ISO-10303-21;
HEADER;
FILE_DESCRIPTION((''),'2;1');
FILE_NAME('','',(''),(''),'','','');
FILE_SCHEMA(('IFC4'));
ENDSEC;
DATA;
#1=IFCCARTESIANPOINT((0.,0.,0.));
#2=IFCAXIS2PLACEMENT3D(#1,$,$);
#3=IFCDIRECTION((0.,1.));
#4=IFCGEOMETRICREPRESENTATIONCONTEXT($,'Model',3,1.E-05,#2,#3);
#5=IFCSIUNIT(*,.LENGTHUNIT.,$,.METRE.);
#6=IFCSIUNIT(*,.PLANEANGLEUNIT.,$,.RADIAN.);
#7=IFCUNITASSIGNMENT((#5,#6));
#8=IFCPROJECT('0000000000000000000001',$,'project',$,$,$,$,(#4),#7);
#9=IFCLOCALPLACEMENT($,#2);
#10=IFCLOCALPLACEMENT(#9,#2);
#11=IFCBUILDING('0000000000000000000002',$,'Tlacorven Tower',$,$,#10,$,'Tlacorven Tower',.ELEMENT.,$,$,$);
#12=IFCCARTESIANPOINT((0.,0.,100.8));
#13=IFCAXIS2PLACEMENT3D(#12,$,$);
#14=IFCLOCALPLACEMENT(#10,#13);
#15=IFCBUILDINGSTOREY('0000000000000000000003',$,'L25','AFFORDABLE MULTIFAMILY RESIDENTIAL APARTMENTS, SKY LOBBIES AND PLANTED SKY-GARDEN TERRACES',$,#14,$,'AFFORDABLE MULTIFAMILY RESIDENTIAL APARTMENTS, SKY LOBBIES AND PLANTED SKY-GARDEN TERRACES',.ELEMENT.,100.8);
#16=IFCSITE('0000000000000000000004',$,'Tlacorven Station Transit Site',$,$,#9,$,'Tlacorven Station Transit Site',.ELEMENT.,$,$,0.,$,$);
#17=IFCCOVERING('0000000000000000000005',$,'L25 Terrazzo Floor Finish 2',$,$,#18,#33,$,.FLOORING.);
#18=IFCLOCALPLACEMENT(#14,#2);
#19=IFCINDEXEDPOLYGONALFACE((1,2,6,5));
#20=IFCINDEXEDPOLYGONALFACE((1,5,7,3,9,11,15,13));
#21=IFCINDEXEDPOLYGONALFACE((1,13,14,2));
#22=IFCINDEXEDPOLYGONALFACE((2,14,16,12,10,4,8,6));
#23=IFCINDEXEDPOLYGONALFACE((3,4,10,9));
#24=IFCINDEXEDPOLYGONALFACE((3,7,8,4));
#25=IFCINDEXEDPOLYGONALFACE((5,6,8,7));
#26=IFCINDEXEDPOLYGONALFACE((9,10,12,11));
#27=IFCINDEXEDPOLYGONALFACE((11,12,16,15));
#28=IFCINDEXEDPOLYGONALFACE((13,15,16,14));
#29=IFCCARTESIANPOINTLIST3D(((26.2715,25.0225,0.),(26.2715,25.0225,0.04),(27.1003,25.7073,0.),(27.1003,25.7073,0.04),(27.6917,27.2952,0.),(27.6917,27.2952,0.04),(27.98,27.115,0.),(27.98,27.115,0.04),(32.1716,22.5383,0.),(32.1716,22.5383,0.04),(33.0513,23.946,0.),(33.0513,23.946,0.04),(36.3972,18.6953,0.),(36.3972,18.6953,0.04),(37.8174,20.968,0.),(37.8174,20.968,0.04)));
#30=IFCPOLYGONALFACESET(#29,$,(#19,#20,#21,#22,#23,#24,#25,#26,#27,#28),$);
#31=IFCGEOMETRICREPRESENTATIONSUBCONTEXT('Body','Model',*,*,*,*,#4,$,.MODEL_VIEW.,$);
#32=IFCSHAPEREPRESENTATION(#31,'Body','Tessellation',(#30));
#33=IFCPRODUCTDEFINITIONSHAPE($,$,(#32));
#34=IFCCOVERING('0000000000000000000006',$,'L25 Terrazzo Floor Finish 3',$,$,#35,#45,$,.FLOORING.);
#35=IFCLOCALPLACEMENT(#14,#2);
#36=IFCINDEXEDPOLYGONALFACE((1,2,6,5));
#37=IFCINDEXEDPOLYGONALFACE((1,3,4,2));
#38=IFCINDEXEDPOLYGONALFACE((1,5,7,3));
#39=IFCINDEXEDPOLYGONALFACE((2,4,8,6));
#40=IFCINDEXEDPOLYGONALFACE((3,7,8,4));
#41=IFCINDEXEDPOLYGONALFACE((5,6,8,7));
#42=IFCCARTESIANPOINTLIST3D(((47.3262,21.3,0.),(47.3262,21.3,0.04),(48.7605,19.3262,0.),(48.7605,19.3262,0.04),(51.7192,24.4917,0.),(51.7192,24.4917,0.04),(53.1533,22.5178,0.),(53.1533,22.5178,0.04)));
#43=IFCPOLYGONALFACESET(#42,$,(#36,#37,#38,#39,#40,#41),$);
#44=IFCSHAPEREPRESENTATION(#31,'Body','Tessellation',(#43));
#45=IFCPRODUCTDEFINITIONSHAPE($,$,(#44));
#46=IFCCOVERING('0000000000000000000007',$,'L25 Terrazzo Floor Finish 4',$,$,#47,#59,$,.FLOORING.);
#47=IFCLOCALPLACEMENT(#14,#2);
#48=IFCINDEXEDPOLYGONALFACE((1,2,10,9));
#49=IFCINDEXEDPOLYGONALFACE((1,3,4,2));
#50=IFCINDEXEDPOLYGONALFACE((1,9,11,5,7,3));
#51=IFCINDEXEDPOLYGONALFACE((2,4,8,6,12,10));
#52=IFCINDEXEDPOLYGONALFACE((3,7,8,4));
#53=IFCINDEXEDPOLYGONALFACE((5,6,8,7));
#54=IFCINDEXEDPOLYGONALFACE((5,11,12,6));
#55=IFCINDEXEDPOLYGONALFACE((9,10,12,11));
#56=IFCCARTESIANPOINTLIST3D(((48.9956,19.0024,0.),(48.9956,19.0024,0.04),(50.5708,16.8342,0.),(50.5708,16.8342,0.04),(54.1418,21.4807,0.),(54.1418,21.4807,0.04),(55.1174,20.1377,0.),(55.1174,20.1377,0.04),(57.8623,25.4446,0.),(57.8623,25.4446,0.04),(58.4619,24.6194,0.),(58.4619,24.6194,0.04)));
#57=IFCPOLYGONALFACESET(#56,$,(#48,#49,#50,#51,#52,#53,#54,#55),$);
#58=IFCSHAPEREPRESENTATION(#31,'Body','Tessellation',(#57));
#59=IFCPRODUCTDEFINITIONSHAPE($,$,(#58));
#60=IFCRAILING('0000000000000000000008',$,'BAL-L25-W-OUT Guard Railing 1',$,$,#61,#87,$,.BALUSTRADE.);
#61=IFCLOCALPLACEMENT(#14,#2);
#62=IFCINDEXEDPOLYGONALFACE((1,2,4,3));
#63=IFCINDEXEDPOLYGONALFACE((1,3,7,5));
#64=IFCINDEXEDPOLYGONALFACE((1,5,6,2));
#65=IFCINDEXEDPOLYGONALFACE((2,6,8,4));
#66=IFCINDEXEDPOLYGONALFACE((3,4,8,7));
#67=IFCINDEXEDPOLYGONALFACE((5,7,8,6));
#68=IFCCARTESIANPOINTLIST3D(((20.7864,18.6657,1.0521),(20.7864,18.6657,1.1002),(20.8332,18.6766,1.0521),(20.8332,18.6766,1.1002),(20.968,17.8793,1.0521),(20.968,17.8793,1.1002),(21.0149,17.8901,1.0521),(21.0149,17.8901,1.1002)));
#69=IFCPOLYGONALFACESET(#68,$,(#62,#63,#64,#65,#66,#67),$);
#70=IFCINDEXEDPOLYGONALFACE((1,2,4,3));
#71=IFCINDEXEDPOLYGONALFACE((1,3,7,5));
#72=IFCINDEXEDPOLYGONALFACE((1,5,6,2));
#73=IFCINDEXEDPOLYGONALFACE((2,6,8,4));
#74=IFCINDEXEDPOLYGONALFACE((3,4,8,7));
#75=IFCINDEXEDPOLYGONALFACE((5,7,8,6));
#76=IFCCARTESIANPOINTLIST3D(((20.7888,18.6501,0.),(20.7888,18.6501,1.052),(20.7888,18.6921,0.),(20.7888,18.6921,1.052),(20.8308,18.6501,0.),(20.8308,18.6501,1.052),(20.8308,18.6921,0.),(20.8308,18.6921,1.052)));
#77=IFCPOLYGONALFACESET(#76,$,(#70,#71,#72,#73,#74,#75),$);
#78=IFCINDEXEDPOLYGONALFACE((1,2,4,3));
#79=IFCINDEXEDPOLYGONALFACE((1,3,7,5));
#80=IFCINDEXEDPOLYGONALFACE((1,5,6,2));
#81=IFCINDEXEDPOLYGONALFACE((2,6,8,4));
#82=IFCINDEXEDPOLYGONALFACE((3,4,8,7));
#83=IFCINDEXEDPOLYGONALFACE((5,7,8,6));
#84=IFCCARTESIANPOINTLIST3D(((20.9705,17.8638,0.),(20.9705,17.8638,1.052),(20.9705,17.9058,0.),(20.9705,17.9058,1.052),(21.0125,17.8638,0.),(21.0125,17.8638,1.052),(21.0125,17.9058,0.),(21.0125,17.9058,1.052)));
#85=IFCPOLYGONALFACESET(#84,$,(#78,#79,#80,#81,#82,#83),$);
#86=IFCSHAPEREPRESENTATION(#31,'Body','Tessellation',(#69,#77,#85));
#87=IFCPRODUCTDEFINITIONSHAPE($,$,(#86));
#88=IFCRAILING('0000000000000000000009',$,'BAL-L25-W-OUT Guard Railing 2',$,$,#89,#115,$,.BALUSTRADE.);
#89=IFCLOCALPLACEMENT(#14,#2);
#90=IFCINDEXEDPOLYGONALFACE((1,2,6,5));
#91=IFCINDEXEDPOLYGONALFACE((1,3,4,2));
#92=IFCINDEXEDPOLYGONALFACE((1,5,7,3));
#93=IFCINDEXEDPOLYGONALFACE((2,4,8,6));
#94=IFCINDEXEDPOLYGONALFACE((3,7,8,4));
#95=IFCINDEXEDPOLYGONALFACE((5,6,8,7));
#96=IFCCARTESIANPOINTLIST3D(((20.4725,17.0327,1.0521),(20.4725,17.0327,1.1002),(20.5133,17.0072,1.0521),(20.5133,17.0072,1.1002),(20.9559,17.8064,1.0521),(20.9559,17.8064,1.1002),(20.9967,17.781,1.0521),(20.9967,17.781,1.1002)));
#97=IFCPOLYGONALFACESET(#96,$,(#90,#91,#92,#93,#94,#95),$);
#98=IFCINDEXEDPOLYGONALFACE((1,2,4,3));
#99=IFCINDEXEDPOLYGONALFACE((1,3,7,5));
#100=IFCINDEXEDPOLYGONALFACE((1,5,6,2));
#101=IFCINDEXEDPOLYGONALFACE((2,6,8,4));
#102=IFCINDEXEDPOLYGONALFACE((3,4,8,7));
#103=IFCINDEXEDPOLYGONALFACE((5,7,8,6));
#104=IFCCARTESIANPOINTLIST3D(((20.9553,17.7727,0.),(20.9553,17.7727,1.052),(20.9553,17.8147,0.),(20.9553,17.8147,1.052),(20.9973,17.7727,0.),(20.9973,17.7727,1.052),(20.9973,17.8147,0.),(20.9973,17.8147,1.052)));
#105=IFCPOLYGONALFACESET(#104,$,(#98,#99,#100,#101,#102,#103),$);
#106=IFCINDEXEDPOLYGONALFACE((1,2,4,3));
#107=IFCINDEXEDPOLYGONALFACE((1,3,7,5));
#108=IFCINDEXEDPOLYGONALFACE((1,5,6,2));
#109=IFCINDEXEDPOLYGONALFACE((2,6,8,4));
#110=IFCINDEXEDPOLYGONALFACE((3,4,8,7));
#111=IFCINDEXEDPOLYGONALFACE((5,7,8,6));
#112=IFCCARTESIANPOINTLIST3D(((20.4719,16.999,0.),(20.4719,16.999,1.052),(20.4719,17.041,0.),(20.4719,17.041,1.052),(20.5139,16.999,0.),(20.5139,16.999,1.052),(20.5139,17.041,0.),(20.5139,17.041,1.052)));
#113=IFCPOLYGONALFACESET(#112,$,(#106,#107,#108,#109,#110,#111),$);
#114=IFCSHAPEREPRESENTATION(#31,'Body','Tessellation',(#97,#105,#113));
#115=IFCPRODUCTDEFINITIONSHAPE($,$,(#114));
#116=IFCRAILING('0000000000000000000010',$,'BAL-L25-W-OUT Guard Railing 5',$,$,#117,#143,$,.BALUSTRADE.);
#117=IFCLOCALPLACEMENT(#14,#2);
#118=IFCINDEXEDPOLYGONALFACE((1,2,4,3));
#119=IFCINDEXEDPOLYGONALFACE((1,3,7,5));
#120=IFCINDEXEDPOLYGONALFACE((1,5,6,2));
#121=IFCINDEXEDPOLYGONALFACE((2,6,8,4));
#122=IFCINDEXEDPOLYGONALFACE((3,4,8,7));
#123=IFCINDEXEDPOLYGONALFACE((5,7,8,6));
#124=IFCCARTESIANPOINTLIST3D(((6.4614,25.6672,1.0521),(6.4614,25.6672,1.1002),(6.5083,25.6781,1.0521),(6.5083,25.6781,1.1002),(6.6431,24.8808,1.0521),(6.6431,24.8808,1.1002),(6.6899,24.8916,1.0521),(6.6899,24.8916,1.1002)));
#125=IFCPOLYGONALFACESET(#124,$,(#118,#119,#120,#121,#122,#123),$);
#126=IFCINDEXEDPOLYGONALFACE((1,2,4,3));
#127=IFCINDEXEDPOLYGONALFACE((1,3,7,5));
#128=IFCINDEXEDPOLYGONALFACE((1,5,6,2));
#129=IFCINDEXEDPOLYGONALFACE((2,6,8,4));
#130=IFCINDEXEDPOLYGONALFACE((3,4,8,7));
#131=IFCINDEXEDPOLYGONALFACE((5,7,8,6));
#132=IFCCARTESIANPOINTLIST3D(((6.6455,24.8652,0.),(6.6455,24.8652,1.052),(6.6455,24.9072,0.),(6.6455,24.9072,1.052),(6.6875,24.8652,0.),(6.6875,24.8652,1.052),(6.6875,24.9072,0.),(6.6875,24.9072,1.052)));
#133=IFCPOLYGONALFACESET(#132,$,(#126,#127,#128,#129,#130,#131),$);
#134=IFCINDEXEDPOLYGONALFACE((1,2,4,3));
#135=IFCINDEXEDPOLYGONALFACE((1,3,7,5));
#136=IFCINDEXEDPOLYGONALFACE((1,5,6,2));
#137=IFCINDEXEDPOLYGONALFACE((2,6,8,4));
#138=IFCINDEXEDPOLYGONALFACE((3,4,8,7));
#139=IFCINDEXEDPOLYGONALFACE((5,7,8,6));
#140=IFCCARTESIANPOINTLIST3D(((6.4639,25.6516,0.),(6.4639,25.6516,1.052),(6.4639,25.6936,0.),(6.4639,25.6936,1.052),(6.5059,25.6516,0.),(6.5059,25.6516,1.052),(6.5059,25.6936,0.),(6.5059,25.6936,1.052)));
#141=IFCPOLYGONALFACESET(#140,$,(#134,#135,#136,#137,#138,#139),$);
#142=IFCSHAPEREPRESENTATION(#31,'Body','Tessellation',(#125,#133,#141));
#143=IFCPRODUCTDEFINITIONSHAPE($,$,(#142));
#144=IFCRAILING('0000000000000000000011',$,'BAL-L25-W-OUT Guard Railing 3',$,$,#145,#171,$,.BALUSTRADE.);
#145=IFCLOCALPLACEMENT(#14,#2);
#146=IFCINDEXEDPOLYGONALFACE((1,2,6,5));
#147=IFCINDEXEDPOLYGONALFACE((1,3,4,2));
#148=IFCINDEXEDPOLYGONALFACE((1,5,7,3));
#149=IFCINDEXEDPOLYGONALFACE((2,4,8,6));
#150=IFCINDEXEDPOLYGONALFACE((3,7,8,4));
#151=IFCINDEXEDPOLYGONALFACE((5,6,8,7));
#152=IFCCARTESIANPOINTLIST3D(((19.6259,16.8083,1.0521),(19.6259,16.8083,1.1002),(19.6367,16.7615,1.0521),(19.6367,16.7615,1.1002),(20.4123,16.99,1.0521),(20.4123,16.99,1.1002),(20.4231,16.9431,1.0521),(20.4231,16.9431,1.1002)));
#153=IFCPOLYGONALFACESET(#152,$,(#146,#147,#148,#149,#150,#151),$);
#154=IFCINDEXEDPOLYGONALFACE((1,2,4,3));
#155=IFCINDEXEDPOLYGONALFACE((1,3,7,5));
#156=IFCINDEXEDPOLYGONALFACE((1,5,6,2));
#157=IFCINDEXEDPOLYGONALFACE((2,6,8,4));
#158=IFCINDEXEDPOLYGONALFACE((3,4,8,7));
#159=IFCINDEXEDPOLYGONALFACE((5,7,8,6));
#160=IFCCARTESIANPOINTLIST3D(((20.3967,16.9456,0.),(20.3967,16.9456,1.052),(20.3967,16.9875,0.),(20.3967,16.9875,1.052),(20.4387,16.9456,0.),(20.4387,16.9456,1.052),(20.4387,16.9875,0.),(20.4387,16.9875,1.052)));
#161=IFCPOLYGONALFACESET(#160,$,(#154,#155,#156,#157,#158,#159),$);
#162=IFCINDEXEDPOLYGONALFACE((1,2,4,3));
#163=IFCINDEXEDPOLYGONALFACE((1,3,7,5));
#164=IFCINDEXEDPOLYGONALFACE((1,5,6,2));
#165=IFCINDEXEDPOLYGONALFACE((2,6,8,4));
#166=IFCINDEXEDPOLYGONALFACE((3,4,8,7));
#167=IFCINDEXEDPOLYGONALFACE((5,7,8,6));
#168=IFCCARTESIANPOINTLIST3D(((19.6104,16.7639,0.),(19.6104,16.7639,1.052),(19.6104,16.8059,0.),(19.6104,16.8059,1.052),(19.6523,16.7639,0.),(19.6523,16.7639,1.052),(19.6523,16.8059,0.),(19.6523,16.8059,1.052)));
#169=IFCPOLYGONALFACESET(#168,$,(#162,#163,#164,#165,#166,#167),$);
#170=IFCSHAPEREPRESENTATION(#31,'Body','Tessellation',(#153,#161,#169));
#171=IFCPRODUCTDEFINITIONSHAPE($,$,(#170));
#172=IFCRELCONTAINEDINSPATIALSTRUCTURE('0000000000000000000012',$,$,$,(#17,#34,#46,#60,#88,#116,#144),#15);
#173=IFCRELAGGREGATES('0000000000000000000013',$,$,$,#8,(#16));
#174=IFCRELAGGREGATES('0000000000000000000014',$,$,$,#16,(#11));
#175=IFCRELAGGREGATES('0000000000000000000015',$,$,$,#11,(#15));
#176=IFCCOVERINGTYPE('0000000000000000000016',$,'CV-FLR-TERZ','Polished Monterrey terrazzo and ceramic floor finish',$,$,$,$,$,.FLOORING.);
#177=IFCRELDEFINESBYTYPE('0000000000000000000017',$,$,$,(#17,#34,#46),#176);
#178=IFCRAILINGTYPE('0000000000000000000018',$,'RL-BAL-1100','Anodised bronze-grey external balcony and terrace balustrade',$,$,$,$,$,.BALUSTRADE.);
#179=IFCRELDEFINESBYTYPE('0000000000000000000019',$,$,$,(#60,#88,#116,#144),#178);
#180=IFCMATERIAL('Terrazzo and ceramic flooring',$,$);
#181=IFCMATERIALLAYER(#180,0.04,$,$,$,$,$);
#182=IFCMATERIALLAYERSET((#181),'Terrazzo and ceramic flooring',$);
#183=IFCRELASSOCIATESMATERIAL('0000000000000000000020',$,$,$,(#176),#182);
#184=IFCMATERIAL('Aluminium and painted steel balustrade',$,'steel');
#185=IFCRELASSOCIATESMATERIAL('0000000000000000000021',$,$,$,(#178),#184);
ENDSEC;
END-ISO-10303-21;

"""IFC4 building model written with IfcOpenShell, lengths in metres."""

from ifc_helpers import new_model, si_unit, direction, frame, origin, origin_2d, place, context, subcontext, project, spatial, polyline, rectangle, outline, extrude, source, transform, mapped, material, layer, layer_set, type_object, element, save


model = new_model("IFC4")

# Units and contexts
model_context = context("Model", 3, precision=1e-05, world=origin(), true_north=direction((0.0, 1.0)))
body_context = subcontext(model_context, "Body", "Model", "MODEL_VIEW")
ifc_project = project(units=[si_unit("LENGTHUNIT", "METRE"), si_unit("PLANEANGLEUNIT", "RADIAN")], contexts=[model_context])

# Site, building, storey
site_placement = place(None, origin())
site = spatial("IfcSite", under=ifc_project, at=site_placement, Name="Tlacorven Station Transit Site", LongName="Tlacorven Station Transit Site", CompositionType="ELEMENT", RefElevation=0.0)
building_placement = place(site_placement, origin())
building = spatial("IfcBuilding", under=site, at=building_placement, Name="Tlacorven Tower", LongName="Tlacorven Tower", CompositionType="ELEMENT")
storey_placement = place(building_placement, frame((0.0, 0.0, 100.8)))
storey = spatial("IfcBuildingStorey", under=building, at=storey_placement, Name="L25", Description="AFFORDABLE MULTIFAMILY RESIDENTIAL APARTMENTS, SKY LOBBIES AND PLANTED SKY-GARDEN TERRACES", LongName="AFFORDABLE MULTIFAMILY RESIDENTIAL APARTMENTS, SKY LOBBIES AND PLANTED SKY-GARDEN TERRACES", CompositionType="ELEMENT", Elevation=100.8)

# Coverings
ifc_material_1 = material(Name="Terrazzo and ceramic flooring")
ifc_layer_1 = layer(ifc_material_1, 0.04)
ifc_layer_set_1 = layer_set([ifc_layer_1], Name="Terrazzo and ceramic flooring")
covering_type_1 = type_object("IfcCoveringType", Name="CV-FLR-TERZ", Description="Polished Monterrey terrazzo and ceramic floor finish", PredefinedType="FLOORING", material=ifc_layer_set_1)
covering_1_placement = place(storey_placement, origin())
element("IfcCovering", 1, at=covering_1_placement, inside=storey, type_object=covering_type_1, Name="L25 Terrazzo Floor Finish 2", PredefinedType="FLOORING", context=body_context, shape_type="SweptSolid", body=[
    extrude(outline(polyline([(37.8174, 20.968), (36.3972, 18.6953), (26.2715, 25.0225), (27.6917, 27.2952), (27.98, 27.115), (27.1003, 25.7073), (32.1716, 22.5383), (33.0513, 23.946), (37.8174, 20.968)])), origin(), (0.0, 0.0, 1.0), 0.04),
])
covering_2_placement = place(storey_placement, origin())
element("IfcCovering", 2, at=covering_2_placement, inside=storey, type_object=covering_type_1, Name="L25 Terrazzo Floor Finish 3", PredefinedType="FLOORING", context=body_context, shape_type="SweptSolid", body=[
    extrude(outline(polyline([(48.7605, 19.3262), (47.3262, 21.3), (51.7192, 24.4917), (53.1533, 22.5178), (48.7605, 19.3262)])), origin(), (0.0, 0.0, 1.0), 0.04),
])
covering_3_placement = place(storey_placement, origin())
element("IfcCovering", 3, at=covering_3_placement, inside=storey, type_object=covering_type_1, Name="L25 Terrazzo Floor Finish 4", PredefinedType="FLOORING", context=body_context, shape_type="SweptSolid", body=[
    extrude(outline(polyline([(50.5708, 16.8342), (48.9956, 19.0024), (57.8623, 25.4446), (58.4619, 24.6194), (54.1418, 21.4807), (55.1174, 20.1377), (50.5708, 16.8342)])), origin(), (0.0, 0.0, 1.0), 0.04),
])

# Railings
ifc_material_2 = material(Name="Aluminium and painted steel balustrade", Category="steel")
railing_type = type_object("IfcRailingType", Name="RL-BAL-1100", Description="Anodised bronze-grey external balcony and terrace balustrade", PredefinedType="BALUSTRADE", material=ifc_material_2)
shared_shape_1 = source(origin(), body_context, "Body", "SweptSolid", [
    extrude(rectangle(XDim=0.0481, YDim=0.0481, at=origin_2d()), frame((0.0, 0.0, 1.0762), z_axis=(0.225058, -0.974345, 0.0), x_axis=(0.974345, 0.225058, 0.0)), (0.0, 0.0, 1.0), 0.8071),
    extrude(rectangle(XDim=0.042, YDim=0.042, at=origin_2d()), origin(), (0.0, 0.0, 1.0), 1.052),
    extrude(rectangle(XDim=0.042, YDim=0.042, at=origin_2d()), frame((0.1816, -0.7864, 0.0)), (0.0, 0.0, 1.0), 1.052),
])
railing_1_placement = place(storey_placement, frame((20.8098, 18.6711, 0.0)))
element("IfcRailing", 4, at=railing_1_placement, inside=storey, type_object=railing_type, Name="BAL-L25-W-OUT Guard Railing 1", PredefinedType="BALUSTRADE", context=body_context, shape_type="MappedRepresentation", body=[
    mapped(shared_shape_1, transform((0.0, 0.0, 0.0), scale=1.0)),
])
shared_shape_2 = source(origin(), body_context, "Body", "SweptSolid", [
    extrude(rectangle(XDim=0.0481, YDim=0.0481, at=origin_2d()), frame((0.0, 0.0, 1.0762), z_axis=(-0.529879, -0.848073, 0.0), x_axis=(0.848073, -0.529879, 0.0)), (0.0, 0.0, 1.0), 0.9124),
    extrude(rectangle(XDim=0.042, YDim=0.042, at=origin_2d()), origin(), (0.0, 0.0, 1.0), 1.052),
    extrude(rectangle(XDim=0.042, YDim=0.042, at=origin_2d()), frame((-0.4834, -0.7737, 0.0)), (0.0, 0.0, 1.0), 1.052),
])
railing_2_placement = place(storey_placement, frame((20.9763, 17.7937, 0.0)))
element("IfcRailing", 5, at=railing_2_placement, inside=storey, type_object=railing_type, Name="BAL-L25-W-OUT Guard Railing 2", PredefinedType="BALUSTRADE", context=body_context, shape_type="MappedRepresentation", body=[
    mapped(shared_shape_2, transform((0.0, 0.0, 0.0), scale=1.0)),
])
shared_shape_3 = source(origin(), body_context, "Body", "SweptSolid", [
    extrude(rectangle(XDim=0.0481, YDim=0.0481, at=origin_2d()), frame((0.0, 0.0, 1.0762), z_axis=(-0.225058, 0.974345, 0.0), x_axis=(-0.974345, -0.225058, 0.0)), (0.0, 0.0, 1.0), 0.8071),
    extrude(rectangle(XDim=0.042, YDim=0.042, at=origin_2d()), origin(), (0.0, 0.0, 1.0), 1.052),
    extrude(rectangle(XDim=0.042, YDim=0.042, at=origin_2d()), frame((-0.1816, 0.7864, 0.0)), (0.0, 0.0, 1.0), 1.052),
])
railing_3_placement = place(storey_placement, frame((6.6665, 24.8862, 0.0)))
element("IfcRailing", 6, at=railing_3_placement, inside=storey, type_object=railing_type, Name="BAL-L25-W-OUT Guard Railing 5", PredefinedType="BALUSTRADE", context=body_context, shape_type="MappedRepresentation", body=[
    mapped(shared_shape_3, transform((0.0, 0.0, 0.0), scale=1.0)),
])
shared_shape_4 = source(origin(), body_context, "Body", "SweptSolid", [
    extrude(rectangle(XDim=0.0481, YDim=0.0481, at=origin_2d()), frame((0.0, 0.0, 1.0762), z_axis=(-0.974345, -0.225058, 0.0), x_axis=(0.225058, -0.974345, 0.0)), (0.0, 0.0, 1.0), 0.8071),
    extrude(rectangle(XDim=0.042, YDim=0.042, at=origin_2d()), origin(), (0.0, 0.0, 1.0), 1.052),
    extrude(rectangle(XDim=0.042, YDim=0.042, at=origin_2d()), frame((-0.7864, -0.1816, 0.0)), (0.0, 0.0, 1.0), 1.052),
])
railing_4_placement = place(storey_placement, frame((20.4177, 16.9666, 0.0)))
element("IfcRailing", 7, at=railing_4_placement, inside=storey, type_object=railing_type, Name="BAL-L25-W-OUT Guard Railing 3", PredefinedType="BALUSTRADE", context=body_context, shape_type="MappedRepresentation", body=[
    mapped(shared_shape_4, transform((0.0, 0.0, 0.0), scale=1.0)),
])

save(model, "model.ifc")
